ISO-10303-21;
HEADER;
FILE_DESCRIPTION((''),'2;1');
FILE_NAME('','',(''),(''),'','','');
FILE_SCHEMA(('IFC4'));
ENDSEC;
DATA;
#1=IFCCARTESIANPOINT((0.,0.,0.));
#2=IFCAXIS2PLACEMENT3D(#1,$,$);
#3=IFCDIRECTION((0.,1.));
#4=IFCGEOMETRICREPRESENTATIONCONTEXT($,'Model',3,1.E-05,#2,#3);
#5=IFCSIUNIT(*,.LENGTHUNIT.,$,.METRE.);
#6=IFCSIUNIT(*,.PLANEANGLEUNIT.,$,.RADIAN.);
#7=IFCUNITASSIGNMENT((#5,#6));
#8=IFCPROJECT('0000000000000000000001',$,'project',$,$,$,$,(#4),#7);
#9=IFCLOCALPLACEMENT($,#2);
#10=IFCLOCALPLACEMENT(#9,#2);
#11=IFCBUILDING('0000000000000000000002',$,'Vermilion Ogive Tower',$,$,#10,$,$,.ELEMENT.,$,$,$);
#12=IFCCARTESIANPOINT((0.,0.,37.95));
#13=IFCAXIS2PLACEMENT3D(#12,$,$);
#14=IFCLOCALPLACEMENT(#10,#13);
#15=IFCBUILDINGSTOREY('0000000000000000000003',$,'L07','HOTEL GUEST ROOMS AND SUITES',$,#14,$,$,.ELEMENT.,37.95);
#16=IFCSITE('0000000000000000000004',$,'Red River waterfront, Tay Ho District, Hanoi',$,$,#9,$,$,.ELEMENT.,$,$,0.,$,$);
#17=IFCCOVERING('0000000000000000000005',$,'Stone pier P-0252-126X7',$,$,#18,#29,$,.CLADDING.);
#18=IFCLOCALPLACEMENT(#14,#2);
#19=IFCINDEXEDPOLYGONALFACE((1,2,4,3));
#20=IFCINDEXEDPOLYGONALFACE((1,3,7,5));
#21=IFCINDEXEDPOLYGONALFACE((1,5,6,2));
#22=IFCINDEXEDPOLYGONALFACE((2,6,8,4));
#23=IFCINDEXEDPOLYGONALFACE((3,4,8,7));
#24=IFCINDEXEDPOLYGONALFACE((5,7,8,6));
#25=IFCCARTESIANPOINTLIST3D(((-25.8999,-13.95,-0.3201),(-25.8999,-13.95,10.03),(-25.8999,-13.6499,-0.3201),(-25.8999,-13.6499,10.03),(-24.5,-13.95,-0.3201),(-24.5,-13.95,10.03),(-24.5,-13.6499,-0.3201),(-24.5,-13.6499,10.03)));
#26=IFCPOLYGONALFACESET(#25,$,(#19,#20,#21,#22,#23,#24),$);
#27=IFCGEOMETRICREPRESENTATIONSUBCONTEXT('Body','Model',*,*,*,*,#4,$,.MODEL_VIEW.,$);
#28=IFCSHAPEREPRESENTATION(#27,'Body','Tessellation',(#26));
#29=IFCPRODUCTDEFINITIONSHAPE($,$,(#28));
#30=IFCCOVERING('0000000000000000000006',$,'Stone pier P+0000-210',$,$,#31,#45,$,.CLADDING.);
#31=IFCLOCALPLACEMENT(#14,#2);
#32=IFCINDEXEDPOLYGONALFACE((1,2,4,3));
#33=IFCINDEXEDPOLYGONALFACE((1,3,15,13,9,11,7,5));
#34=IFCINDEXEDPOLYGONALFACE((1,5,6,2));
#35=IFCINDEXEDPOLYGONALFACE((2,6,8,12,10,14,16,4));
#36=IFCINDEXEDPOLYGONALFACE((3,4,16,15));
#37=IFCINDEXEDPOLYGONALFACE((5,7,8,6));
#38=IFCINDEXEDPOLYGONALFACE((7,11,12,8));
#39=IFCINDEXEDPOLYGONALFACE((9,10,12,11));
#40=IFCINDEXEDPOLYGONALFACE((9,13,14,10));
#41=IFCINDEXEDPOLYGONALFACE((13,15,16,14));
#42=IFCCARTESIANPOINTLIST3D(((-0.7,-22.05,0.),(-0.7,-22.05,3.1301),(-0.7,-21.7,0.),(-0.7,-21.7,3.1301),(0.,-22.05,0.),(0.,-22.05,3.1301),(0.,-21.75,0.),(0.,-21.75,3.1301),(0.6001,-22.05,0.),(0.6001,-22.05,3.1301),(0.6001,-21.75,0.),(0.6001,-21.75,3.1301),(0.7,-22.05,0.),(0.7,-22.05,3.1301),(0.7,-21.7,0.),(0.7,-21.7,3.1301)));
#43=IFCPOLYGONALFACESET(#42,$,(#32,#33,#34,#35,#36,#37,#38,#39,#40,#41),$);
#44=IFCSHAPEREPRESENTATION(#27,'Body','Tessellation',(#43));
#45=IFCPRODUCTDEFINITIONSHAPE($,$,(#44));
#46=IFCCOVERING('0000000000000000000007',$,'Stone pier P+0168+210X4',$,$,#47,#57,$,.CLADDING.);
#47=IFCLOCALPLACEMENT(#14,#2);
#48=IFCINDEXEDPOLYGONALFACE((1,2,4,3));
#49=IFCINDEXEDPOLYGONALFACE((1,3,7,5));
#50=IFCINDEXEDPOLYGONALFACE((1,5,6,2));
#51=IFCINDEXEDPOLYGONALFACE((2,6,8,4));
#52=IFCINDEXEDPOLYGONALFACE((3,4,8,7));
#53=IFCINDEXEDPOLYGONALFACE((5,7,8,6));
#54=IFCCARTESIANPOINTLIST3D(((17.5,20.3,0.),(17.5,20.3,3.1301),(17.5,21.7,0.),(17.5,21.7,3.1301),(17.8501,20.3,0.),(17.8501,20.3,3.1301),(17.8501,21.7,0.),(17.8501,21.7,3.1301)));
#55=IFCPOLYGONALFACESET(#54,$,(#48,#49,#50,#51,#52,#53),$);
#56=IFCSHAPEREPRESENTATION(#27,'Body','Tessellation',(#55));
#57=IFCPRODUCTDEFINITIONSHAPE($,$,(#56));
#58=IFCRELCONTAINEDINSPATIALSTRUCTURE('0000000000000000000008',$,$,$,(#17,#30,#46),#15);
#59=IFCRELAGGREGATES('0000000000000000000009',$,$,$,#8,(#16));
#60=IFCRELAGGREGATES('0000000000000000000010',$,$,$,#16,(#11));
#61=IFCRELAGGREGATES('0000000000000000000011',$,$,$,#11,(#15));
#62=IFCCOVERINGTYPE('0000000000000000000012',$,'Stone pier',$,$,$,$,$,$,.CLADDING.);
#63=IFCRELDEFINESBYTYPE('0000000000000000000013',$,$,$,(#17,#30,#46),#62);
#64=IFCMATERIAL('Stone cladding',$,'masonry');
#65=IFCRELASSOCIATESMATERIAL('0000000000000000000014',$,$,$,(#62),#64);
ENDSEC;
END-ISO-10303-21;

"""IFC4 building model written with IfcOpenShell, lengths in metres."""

from ifc_helpers import new_model, si_unit, direction, frame, origin, place, context, subcontext, project, spatial, polyline, outline, extrude, material, type_object, element, save


model = new_model("IFC4")

# Units and contexts
model_context = context("Model", 3, precision=1e-05, world=origin(), true_north=direction((0.0, 1.0)))
body_context = subcontext(model_context, "Body", "Model", "MODEL_VIEW")
ifc_project = project(units=[si_unit("LENGTHUNIT", "METRE"), si_unit("PLANEANGLEUNIT", "RADIAN")], contexts=[model_context])

# Site, building, storey
site_placement = place(None, origin())
site = spatial("IfcSite", under=ifc_project, at=site_placement, Name="Red River waterfront, Tay Ho District, Hanoi", CompositionType="ELEMENT", RefElevation=0.0)
building_placement = place(site_placement, origin())
building = spatial("IfcBuilding", under=site, at=building_placement, Name="Vermilion Ogive Tower", CompositionType="ELEMENT")
storey_placement = place(building_placement, frame((0.0, 0.0, 37.95)))
storey = spatial("IfcBuildingStorey", under=building, at=storey_placement, Name="L07", Description="HOTEL GUEST ROOMS AND SUITES", CompositionType="ELEMENT", Elevation=37.95)

# Coverings
ifc_material_1 = material(Name="Stone cladding", Category="masonry")
covering_type = type_object("IfcCoveringType", Name="Stone pier", PredefinedType="CLADDING", material=ifc_material_1)
covering_1_placement = place(storey_placement, frame((0.0, 0.0, -0.3201)))
element("IfcCovering", 1, at=covering_1_placement, inside=storey, type_object=covering_type, Name="Stone pier P-0252-126X7", PredefinedType="CLADDING", context=body_context, shape_type="SweptSolid", body=[
    extrude(outline(polyline([(-25.8999, -13.95), (-25.8999, -13.6499), (-24.5, -13.6499), (-24.5, -13.95), (-25.8999, -13.95)])), origin(), (0.0, 0.0, 1.0), 10.3501),
])
covering_2_placement = place(storey_placement, origin())
element("IfcCovering", 2, at=covering_2_placement, inside=storey, type_object=covering_type, Name="Stone pier P+0000-210", PredefinedType="CLADDING", context=body_context, shape_type="SweptSolid", body=[
    extrude(outline(polyline([(0.7, -22.05), (0.6001, -22.05), (0.6001, -21.75), (0.0, -21.75), (0.0, -22.05), (-0.7, -22.05), (-0.7, -21.7), (0.7, -21.7), (0.7, -22.05)])), origin(), (0.0, 0.0, 1.0), 3.1301),
])
covering_3_placement = place(storey_placement, origin())
element("IfcCovering", 3, at=covering_3_placement, inside=storey, type_object=covering_type, Name="Stone pier P+0168+210X4", PredefinedType="CLADDING", context=body_context, shape_type="SweptSolid", body=[
    extrude(outline(polyline([(17.8501, 21.7), (17.8501, 20.3), (17.5, 20.3), (17.5, 21.7), (17.8501, 21.7)])), origin(), (0.0, 0.0, 1.0), 3.1301),
])

save(model, "model.ifc")
